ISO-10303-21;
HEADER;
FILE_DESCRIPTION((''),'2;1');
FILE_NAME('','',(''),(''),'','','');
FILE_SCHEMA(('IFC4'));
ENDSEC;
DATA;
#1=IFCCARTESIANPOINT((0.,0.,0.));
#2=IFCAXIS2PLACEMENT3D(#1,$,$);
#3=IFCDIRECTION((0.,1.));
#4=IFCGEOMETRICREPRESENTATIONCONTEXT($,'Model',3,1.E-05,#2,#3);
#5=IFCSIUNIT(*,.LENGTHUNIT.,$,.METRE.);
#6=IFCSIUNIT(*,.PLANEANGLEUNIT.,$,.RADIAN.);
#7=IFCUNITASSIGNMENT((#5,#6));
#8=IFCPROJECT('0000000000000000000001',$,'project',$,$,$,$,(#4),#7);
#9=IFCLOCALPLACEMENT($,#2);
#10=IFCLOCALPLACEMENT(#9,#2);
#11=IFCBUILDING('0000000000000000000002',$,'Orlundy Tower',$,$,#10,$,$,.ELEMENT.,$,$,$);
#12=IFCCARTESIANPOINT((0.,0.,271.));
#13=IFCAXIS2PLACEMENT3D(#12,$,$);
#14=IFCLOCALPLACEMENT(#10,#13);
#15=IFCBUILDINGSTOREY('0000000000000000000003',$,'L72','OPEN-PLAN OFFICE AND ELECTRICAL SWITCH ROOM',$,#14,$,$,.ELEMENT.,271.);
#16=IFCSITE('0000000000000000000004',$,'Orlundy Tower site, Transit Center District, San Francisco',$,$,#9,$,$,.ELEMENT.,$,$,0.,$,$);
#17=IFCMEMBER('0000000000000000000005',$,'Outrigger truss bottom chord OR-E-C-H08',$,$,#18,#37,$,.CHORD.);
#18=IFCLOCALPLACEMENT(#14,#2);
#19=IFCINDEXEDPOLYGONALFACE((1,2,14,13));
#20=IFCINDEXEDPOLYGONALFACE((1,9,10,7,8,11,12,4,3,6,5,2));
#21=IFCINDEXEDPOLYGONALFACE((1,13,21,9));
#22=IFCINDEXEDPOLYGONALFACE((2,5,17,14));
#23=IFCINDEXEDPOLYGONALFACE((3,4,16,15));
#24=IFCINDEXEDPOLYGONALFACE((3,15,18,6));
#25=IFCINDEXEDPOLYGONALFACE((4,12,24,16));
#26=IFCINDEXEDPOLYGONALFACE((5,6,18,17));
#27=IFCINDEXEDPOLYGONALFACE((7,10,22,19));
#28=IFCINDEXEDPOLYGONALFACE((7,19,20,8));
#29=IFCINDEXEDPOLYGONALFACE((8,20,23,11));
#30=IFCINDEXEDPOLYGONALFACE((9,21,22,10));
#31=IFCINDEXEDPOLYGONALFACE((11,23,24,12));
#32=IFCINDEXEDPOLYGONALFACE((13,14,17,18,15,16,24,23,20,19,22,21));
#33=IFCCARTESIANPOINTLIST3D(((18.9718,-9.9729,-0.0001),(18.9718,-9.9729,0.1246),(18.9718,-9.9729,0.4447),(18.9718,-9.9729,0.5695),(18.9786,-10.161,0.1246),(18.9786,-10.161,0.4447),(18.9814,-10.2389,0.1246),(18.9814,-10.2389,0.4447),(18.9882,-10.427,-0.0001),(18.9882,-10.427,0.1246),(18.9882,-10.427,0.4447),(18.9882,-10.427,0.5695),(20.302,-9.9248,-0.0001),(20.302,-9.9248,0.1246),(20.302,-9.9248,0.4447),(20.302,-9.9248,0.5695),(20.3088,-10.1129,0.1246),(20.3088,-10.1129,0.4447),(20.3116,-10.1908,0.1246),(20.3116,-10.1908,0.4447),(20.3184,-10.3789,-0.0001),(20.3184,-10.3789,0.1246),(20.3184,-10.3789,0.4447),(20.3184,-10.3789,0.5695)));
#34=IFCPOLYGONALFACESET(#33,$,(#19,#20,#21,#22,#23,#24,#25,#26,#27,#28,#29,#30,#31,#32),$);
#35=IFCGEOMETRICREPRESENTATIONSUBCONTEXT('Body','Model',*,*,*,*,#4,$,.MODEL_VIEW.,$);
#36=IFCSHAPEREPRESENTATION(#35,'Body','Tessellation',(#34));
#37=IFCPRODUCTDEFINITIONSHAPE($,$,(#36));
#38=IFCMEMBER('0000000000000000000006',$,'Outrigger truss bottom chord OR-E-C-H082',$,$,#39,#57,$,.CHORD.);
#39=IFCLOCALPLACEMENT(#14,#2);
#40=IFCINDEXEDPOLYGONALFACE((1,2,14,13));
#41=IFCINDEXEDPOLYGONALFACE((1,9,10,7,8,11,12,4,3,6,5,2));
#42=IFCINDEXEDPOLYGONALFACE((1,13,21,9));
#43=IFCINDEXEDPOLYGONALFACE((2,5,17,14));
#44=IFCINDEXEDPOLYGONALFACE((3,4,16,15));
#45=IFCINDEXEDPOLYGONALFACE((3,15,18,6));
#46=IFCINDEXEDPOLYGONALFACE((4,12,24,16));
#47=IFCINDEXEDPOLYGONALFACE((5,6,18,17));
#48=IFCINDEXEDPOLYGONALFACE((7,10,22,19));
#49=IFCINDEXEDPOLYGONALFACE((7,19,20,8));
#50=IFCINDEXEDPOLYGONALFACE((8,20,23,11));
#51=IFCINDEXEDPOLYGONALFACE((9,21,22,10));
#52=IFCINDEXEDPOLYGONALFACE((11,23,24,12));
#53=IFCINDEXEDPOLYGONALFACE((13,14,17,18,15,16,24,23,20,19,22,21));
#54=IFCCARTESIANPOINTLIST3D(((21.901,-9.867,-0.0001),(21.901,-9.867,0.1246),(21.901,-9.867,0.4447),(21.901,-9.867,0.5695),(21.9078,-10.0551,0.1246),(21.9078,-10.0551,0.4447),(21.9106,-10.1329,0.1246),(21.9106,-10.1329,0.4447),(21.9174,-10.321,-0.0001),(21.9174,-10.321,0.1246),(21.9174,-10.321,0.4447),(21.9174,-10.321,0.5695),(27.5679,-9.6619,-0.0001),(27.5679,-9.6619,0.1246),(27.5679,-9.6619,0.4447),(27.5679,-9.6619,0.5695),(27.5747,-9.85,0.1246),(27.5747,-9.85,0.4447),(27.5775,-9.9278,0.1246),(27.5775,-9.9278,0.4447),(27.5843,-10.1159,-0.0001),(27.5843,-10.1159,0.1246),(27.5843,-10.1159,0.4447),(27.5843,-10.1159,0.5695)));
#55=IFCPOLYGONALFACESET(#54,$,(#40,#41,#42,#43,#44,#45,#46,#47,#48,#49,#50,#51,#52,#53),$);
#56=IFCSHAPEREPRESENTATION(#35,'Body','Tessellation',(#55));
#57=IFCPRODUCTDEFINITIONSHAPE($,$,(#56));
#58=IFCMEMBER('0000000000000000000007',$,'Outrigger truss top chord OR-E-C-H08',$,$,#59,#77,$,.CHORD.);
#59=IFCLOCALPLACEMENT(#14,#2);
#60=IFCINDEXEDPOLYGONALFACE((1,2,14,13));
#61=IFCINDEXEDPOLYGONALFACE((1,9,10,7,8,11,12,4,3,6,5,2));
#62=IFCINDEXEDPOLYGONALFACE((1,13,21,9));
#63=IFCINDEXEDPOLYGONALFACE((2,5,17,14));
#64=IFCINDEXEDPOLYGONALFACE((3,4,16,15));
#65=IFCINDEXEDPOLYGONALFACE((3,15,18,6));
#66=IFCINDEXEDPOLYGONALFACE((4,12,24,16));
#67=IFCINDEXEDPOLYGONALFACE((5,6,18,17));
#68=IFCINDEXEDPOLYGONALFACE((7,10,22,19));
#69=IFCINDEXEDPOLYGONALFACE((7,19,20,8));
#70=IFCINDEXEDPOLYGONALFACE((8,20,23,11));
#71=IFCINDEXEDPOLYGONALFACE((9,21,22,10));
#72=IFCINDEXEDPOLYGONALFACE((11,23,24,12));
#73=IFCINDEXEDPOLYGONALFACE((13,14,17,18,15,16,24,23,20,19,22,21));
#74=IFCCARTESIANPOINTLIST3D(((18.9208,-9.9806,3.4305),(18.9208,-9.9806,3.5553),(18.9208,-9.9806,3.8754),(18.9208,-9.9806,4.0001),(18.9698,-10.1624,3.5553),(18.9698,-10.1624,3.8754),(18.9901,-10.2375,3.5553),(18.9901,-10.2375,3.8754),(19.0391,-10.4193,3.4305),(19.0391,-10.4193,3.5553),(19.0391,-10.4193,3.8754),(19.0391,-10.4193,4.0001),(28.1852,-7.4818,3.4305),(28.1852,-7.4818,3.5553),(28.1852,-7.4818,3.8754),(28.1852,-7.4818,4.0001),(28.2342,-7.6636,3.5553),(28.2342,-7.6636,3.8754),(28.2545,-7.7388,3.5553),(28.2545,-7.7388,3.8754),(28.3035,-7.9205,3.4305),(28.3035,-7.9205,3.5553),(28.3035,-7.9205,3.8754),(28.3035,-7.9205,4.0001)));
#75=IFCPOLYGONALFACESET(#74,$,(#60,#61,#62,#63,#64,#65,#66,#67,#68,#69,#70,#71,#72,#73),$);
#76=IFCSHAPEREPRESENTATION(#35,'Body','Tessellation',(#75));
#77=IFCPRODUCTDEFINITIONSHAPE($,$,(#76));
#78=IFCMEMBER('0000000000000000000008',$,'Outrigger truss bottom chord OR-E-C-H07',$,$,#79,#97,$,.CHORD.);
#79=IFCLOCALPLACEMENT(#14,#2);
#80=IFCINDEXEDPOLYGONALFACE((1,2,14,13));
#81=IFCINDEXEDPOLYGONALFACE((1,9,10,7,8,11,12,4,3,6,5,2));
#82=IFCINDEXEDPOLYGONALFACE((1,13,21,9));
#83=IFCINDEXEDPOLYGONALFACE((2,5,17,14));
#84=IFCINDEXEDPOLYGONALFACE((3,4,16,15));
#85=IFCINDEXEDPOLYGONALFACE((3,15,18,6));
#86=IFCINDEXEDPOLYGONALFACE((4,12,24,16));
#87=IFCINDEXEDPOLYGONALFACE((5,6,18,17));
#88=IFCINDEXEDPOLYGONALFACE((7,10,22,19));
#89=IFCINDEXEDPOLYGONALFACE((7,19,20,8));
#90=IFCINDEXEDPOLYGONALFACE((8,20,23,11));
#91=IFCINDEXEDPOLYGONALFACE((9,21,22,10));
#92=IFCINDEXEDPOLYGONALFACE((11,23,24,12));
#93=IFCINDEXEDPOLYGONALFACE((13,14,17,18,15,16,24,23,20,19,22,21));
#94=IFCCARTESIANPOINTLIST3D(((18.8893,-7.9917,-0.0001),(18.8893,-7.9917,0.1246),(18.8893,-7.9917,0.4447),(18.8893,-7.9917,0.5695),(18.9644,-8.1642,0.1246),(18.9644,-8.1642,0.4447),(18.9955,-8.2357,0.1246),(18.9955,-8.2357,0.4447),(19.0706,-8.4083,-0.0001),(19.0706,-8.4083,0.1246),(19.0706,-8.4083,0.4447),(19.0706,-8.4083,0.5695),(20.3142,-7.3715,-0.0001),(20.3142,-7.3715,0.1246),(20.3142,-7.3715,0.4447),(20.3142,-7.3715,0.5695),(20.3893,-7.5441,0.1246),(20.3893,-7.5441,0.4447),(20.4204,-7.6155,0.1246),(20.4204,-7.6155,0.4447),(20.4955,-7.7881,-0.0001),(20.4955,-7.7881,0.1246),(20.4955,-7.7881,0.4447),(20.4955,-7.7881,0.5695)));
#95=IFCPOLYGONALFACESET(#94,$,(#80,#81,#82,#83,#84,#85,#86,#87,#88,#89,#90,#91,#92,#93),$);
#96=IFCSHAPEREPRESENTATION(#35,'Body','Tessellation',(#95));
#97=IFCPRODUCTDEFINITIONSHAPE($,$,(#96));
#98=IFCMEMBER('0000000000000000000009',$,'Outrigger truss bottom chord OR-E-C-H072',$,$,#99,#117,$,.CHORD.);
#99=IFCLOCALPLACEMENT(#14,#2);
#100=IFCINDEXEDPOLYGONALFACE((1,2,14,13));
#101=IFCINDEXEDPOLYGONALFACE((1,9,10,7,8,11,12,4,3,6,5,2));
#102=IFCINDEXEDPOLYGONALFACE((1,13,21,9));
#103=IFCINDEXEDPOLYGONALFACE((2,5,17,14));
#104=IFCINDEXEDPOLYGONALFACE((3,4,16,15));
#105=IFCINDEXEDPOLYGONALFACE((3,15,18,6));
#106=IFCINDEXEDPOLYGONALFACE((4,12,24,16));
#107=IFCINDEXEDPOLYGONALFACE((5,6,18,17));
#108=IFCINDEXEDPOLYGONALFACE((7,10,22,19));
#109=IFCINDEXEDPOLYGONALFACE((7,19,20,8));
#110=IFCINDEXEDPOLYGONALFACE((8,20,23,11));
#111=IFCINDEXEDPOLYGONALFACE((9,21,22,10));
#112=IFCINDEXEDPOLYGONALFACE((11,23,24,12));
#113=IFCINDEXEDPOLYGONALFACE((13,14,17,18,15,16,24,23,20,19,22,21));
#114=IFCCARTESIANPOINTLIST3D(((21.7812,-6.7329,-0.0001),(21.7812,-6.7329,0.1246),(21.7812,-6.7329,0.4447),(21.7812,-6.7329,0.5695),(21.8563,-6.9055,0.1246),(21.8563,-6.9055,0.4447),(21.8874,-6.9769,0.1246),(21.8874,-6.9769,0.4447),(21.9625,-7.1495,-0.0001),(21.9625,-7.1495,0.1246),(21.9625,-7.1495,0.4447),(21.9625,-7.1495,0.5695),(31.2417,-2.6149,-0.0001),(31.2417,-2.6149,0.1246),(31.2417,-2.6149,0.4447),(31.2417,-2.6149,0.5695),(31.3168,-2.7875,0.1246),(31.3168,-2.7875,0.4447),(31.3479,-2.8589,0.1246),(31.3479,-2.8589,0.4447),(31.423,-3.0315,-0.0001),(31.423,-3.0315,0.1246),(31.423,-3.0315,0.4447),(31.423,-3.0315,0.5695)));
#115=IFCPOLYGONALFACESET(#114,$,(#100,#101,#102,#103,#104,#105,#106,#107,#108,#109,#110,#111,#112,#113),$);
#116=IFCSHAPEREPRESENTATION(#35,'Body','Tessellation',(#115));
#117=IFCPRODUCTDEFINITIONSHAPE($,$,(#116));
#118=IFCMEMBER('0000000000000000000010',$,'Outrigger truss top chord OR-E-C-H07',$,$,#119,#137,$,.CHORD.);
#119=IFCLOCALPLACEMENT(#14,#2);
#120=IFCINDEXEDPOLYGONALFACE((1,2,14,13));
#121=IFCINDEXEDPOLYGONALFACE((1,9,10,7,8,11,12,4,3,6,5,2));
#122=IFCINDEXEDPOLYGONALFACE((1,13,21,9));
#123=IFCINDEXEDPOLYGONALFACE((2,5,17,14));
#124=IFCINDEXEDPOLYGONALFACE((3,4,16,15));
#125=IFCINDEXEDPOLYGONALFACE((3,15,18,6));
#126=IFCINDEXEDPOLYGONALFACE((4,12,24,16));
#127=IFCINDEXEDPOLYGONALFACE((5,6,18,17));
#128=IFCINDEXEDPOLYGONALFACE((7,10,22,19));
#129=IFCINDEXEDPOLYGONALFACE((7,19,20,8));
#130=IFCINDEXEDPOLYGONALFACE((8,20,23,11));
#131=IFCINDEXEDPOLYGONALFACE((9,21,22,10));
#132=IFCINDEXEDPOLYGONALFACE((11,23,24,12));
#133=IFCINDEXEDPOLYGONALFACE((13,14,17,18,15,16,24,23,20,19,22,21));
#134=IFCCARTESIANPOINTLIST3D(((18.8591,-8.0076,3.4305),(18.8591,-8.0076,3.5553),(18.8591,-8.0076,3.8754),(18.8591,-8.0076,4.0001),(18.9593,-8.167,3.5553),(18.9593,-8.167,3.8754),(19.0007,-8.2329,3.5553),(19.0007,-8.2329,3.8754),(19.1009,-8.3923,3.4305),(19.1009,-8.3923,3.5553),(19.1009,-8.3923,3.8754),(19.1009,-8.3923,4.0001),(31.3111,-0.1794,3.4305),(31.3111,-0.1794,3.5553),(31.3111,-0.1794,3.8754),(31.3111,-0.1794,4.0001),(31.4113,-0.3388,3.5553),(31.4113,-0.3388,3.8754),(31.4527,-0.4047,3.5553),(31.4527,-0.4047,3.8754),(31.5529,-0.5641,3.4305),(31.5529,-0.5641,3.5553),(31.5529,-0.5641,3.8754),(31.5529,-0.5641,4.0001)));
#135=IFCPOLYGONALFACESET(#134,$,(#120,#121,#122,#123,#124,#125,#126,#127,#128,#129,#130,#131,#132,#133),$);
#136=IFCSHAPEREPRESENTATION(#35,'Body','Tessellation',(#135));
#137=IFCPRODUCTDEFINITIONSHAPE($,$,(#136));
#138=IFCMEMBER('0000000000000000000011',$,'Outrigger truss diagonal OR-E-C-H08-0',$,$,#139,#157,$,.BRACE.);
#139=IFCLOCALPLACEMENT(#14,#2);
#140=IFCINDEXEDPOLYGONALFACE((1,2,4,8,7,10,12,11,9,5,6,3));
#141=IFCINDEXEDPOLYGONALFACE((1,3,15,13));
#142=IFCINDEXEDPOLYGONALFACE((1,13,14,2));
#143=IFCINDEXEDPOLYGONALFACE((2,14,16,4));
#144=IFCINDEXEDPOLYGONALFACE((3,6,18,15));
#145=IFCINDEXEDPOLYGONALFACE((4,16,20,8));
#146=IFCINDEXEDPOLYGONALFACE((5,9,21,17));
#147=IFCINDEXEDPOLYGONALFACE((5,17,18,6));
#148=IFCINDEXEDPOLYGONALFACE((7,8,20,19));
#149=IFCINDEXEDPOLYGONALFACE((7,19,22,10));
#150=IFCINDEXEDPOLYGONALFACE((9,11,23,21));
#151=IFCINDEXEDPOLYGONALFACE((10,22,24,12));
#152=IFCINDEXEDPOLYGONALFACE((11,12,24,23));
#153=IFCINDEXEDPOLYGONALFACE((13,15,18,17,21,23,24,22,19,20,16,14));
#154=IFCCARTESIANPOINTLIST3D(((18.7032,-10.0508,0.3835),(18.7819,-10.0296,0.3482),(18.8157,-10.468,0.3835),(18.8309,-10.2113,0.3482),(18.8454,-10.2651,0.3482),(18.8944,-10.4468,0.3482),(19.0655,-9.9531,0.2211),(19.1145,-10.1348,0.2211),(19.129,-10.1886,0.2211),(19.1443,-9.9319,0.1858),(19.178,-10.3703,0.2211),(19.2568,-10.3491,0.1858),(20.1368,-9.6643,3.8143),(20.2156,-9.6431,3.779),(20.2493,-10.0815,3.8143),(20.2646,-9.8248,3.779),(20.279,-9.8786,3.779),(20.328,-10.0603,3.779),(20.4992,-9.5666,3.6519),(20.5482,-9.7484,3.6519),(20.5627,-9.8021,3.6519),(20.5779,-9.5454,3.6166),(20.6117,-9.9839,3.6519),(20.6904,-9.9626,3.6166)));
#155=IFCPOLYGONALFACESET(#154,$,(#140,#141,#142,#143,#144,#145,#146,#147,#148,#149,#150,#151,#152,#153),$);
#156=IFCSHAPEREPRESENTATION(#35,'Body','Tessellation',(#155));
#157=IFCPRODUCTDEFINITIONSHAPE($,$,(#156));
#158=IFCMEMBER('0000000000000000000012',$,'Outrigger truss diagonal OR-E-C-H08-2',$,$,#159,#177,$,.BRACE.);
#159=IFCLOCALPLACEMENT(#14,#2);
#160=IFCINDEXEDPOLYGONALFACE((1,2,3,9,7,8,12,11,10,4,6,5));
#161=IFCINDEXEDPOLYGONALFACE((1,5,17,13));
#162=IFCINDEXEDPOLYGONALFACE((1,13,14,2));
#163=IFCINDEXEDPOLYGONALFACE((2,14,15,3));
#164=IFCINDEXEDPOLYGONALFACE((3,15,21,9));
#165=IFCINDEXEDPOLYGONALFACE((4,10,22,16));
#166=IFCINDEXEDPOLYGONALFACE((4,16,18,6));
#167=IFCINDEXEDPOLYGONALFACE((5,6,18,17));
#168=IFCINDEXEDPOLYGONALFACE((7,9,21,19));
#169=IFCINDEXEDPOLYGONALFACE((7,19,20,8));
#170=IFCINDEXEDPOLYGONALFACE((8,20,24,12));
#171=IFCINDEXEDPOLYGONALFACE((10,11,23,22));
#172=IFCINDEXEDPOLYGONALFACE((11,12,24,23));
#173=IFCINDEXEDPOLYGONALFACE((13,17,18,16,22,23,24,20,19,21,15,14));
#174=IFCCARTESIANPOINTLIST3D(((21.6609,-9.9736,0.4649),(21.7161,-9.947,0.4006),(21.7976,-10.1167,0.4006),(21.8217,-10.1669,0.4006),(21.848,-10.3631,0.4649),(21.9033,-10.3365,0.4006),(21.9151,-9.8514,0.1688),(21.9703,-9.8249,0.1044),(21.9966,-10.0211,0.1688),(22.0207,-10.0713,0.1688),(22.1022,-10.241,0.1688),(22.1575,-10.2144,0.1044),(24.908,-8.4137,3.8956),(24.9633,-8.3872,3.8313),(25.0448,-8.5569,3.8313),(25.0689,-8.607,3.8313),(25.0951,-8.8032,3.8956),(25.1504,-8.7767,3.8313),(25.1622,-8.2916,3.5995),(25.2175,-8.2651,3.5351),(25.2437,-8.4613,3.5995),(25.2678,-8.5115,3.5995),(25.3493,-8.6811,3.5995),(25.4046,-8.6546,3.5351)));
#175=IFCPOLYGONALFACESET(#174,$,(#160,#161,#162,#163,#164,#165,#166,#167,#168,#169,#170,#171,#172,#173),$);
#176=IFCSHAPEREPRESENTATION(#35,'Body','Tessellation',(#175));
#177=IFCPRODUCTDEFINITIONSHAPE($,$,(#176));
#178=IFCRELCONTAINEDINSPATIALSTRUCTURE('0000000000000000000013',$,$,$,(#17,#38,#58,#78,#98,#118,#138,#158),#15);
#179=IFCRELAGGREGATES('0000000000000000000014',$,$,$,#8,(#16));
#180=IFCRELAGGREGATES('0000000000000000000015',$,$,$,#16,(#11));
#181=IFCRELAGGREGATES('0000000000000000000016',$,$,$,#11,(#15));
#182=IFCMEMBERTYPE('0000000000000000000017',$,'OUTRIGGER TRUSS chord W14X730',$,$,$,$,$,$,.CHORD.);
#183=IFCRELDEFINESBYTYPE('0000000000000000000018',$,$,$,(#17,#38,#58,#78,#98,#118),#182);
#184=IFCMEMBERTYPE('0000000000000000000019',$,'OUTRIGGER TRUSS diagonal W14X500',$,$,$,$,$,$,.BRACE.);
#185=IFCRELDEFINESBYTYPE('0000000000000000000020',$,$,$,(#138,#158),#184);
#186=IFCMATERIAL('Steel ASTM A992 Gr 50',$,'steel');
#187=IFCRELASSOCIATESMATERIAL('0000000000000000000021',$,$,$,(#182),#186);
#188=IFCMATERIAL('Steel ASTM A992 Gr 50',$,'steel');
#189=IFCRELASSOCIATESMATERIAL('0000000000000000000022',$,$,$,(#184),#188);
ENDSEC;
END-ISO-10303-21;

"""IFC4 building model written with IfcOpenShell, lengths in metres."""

from ifc_helpers import new_model, si_unit, direction, frame, origin, origin_2d, place, context, subcontext, project, spatial, i_section, extrude, material, material_profile, profile_set, type_object, element, save


model = new_model("IFC4")

# Units and contexts
model_context = context("Model", 3, precision=1e-05, world=origin(), true_north=direction((0.0, 1.0)))
body_context = subcontext(model_context, "Body", "Model", "MODEL_VIEW")
ifc_project = project(units=[si_unit("LENGTHUNIT", "METRE"), si_unit("PLANEANGLEUNIT", "RADIAN")], contexts=[model_context])

# Site, building, storey
site_placement = place(None, origin())
site = spatial("IfcSite", under=ifc_project, at=site_placement, Name="Orlundy Tower site, Transit Center District, San Francisco", CompositionType="ELEMENT", RefElevation=0.0)
building_placement = place(site_placement, origin())
building = spatial("IfcBuilding", under=site, at=building_placement, Name="Orlundy Tower", CompositionType="ELEMENT")
storey_placement = place(building_placement, frame((0.0, 0.0, 271.0)))
storey = spatial("IfcBuildingStorey", under=building, at=storey_placement, Name="L72", Description="OPEN-PLAN OFFICE AND ELECTRICAL SWITCH ROOM", CompositionType="ELEMENT", Elevation=271.0)

# Members
ifc_material_1 = material(Name="Steel ASTM A992 Gr 50", Category="steel")
ifc_material_profile_1 = material_profile(ifc_material_1, i_section(OverallWidth=0.4543, OverallDepth=0.5696, WebThickness=0.0779, FlangeThickness=0.1248, at=origin_2d()), Name="W14X730")
ifc_profile_set_1 = profile_set([ifc_material_profile_1], Name="Steel ASTM A992 Gr 50")
member_type_1 = type_object("IfcMemberType", Name="OUTRIGGER TRUSS chord W14X730", PredefinedType="CHORD", material=ifc_profile_set_1)
member_1_placement = place(storey_placement, frame((18.98, -10.2, 0.2847), z_axis=(0.999347, 0.036136, 0.0), x_axis=(-0.036136, 0.999347, 0.0)))
element("IfcMember", 1, at=member_1_placement, inside=storey, type_object=member_type_1, Name="Outrigger truss bottom chord OR-E-C-H08", PredefinedType="CHORD", context=body_context, shape_type="SweptSolid", body=[
    extrude(i_section(OverallWidth=0.4543, OverallDepth=0.5696, WebThickness=0.0779, FlangeThickness=0.1248, at=origin_2d()), origin(), (0.0, 0.0, 1.0), 1.3311),
])
member_2_placement = place(storey_placement, frame((21.9092, -10.094, 0.2847), z_axis=(0.999346, 0.036165, 0.0), x_axis=(-0.036165, 0.999346, 0.0)))
element("IfcMember", 2, at=member_2_placement, inside=storey, type_object=member_type_1, Name="Outrigger truss bottom chord OR-E-C-H082", PredefinedType="CHORD", context=body_context, shape_type="SweptSolid", body=[
    extrude(i_section(OverallWidth=0.4543, OverallDepth=0.5696, WebThickness=0.0779, FlangeThickness=0.1248, at=origin_2d()), origin(), (0.0, 0.0, 1.0), 5.6707),
])
member_3_placement = place(storey_placement, frame((18.98, -10.2, 3.7153), z_axis=(0.965497, 0.260412, 0.0), x_axis=(-0.260412, 0.965497, 0.0)))
element("IfcMember", 3, at=member_3_placement, inside=storey, type_object=member_type_1, Name="Outrigger truss top chord OR-E-C-H08", PredefinedType="CHORD", context=body_context, shape_type="SweptSolid", body=[
    extrude(i_section(OverallWidth=0.4543, OverallDepth=0.5696, WebThickness=0.0779, FlangeThickness=0.1248, at=origin_2d()), origin(), (0.0, 0.0, 1.0), 9.5955),
])
member_4_placement = place(storey_placement, frame((18.98, -8.2, 0.2847), z_axis=(0.91692, 0.399071, 0.0), x_axis=(-0.399071, 0.91692, 0.0)))
element("IfcMember", 4, at=member_4_placement, inside=storey, type_object=member_type_1, Name="Outrigger truss bottom chord OR-E-C-H07", PredefinedType="CHORD", context=body_context, shape_type="SweptSolid", body=[
    extrude(i_section(OverallWidth=0.4543, OverallDepth=0.5696, WebThickness=0.0779, FlangeThickness=0.1248, at=origin_2d()), origin(), (0.0, 0.0, 1.0), 1.554),
])
member_5_placement = place(storey_placement, frame((21.8718, -6.9412, 0.2847), z_axis=(0.916904, 0.399108, 0.0), x_axis=(-0.399108, 0.916904, 0.0)))
element("IfcMember", 5, at=member_5_placement, inside=storey, type_object=member_type_1, Name="Outrigger truss bottom chord OR-E-C-H072", PredefinedType="CHORD", context=body_context, shape_type="SweptSolid", body=[
    extrude(i_section(OverallWidth=0.4543, OverallDepth=0.5696, WebThickness=0.0779, FlangeThickness=0.1248, at=origin_2d()), origin(), (0.0, 0.0, 1.0), 10.3179),
])
member_6_placement = place(storey_placement, frame((18.98, -8.2, 3.7153), z_axis=(0.846599, 0.532231, 0.0), x_axis=(-0.532231, 0.846599, 0.0)))
element("IfcMember", 6, at=member_6_placement, inside=storey, type_object=member_type_1, Name="Outrigger truss top chord OR-E-C-H07", PredefinedType="CHORD", context=body_context, shape_type="SweptSolid", body=[
    extrude(i_section(OverallWidth=0.4543, OverallDepth=0.5696, WebThickness=0.0779, FlangeThickness=0.1248, at=origin_2d()), origin(), (0.0, 0.0, 1.0), 14.7083),
])
ifc_material_2 = material(Name="Steel ASTM A992 Gr 50", Category="steel")
ifc_material_profile_2 = material_profile(ifc_material_2, i_section(OverallWidth=0.4321, OverallDepth=0.4978, WebThickness=0.0557, FlangeThickness=0.0889, at=origin_2d()), Name="W14X500")
ifc_profile_set_2 = profile_set([ifc_material_profile_2], Name="Steel ASTM A992 Gr 50")
member_type_2 = type_object("IfcMemberType", Name="OUTRIGGER TRUSS diagonal W14X500", PredefinedType="BRACE", material=ifc_profile_set_2)
member_7_placement = place(storey_placement, frame((18.98, -10.2, 0.2847), z_axis=(0.3835, 0.103386, 0.917736), x_axis=(-0.260292, 0.96553, 0.0)))
element("IfcMember", 7, at=member_7_placement, inside=storey, type_object=member_type_2, Name="Outrigger truss diagonal OR-E-C-H08-0", PredefinedType="BRACE", context=body_context, shape_type="SweptSolid", body=[
    extrude(i_section(OverallWidth=0.4321, OverallDepth=0.4978, WebThickness=0.0557, FlangeThickness=0.0889, at=origin_2d()), origin(), (0.0, 0.0, 1.0), 3.7383),
])
member_8_placement = place(storey_placement, frame((21.9092, -10.094, 0.2847), z_axis=(0.652739, 0.31356, 0.689646), x_axis=(-0.433006, 0.901391, 0.0)))
element("IfcMember", 8, at=member_8_placement, inside=storey, type_object=member_type_2, Name="Outrigger truss diagonal OR-E-C-H08-2", PredefinedType="BRACE", context=body_context, shape_type="SweptSolid", body=[
    extrude(i_section(OverallWidth=0.4321, OverallDepth=0.4978, WebThickness=0.0557, FlangeThickness=0.0889, at=origin_2d()), origin(), (0.0, 0.0, 1.0), 4.9746),
])

save(model, "model.ifc")
